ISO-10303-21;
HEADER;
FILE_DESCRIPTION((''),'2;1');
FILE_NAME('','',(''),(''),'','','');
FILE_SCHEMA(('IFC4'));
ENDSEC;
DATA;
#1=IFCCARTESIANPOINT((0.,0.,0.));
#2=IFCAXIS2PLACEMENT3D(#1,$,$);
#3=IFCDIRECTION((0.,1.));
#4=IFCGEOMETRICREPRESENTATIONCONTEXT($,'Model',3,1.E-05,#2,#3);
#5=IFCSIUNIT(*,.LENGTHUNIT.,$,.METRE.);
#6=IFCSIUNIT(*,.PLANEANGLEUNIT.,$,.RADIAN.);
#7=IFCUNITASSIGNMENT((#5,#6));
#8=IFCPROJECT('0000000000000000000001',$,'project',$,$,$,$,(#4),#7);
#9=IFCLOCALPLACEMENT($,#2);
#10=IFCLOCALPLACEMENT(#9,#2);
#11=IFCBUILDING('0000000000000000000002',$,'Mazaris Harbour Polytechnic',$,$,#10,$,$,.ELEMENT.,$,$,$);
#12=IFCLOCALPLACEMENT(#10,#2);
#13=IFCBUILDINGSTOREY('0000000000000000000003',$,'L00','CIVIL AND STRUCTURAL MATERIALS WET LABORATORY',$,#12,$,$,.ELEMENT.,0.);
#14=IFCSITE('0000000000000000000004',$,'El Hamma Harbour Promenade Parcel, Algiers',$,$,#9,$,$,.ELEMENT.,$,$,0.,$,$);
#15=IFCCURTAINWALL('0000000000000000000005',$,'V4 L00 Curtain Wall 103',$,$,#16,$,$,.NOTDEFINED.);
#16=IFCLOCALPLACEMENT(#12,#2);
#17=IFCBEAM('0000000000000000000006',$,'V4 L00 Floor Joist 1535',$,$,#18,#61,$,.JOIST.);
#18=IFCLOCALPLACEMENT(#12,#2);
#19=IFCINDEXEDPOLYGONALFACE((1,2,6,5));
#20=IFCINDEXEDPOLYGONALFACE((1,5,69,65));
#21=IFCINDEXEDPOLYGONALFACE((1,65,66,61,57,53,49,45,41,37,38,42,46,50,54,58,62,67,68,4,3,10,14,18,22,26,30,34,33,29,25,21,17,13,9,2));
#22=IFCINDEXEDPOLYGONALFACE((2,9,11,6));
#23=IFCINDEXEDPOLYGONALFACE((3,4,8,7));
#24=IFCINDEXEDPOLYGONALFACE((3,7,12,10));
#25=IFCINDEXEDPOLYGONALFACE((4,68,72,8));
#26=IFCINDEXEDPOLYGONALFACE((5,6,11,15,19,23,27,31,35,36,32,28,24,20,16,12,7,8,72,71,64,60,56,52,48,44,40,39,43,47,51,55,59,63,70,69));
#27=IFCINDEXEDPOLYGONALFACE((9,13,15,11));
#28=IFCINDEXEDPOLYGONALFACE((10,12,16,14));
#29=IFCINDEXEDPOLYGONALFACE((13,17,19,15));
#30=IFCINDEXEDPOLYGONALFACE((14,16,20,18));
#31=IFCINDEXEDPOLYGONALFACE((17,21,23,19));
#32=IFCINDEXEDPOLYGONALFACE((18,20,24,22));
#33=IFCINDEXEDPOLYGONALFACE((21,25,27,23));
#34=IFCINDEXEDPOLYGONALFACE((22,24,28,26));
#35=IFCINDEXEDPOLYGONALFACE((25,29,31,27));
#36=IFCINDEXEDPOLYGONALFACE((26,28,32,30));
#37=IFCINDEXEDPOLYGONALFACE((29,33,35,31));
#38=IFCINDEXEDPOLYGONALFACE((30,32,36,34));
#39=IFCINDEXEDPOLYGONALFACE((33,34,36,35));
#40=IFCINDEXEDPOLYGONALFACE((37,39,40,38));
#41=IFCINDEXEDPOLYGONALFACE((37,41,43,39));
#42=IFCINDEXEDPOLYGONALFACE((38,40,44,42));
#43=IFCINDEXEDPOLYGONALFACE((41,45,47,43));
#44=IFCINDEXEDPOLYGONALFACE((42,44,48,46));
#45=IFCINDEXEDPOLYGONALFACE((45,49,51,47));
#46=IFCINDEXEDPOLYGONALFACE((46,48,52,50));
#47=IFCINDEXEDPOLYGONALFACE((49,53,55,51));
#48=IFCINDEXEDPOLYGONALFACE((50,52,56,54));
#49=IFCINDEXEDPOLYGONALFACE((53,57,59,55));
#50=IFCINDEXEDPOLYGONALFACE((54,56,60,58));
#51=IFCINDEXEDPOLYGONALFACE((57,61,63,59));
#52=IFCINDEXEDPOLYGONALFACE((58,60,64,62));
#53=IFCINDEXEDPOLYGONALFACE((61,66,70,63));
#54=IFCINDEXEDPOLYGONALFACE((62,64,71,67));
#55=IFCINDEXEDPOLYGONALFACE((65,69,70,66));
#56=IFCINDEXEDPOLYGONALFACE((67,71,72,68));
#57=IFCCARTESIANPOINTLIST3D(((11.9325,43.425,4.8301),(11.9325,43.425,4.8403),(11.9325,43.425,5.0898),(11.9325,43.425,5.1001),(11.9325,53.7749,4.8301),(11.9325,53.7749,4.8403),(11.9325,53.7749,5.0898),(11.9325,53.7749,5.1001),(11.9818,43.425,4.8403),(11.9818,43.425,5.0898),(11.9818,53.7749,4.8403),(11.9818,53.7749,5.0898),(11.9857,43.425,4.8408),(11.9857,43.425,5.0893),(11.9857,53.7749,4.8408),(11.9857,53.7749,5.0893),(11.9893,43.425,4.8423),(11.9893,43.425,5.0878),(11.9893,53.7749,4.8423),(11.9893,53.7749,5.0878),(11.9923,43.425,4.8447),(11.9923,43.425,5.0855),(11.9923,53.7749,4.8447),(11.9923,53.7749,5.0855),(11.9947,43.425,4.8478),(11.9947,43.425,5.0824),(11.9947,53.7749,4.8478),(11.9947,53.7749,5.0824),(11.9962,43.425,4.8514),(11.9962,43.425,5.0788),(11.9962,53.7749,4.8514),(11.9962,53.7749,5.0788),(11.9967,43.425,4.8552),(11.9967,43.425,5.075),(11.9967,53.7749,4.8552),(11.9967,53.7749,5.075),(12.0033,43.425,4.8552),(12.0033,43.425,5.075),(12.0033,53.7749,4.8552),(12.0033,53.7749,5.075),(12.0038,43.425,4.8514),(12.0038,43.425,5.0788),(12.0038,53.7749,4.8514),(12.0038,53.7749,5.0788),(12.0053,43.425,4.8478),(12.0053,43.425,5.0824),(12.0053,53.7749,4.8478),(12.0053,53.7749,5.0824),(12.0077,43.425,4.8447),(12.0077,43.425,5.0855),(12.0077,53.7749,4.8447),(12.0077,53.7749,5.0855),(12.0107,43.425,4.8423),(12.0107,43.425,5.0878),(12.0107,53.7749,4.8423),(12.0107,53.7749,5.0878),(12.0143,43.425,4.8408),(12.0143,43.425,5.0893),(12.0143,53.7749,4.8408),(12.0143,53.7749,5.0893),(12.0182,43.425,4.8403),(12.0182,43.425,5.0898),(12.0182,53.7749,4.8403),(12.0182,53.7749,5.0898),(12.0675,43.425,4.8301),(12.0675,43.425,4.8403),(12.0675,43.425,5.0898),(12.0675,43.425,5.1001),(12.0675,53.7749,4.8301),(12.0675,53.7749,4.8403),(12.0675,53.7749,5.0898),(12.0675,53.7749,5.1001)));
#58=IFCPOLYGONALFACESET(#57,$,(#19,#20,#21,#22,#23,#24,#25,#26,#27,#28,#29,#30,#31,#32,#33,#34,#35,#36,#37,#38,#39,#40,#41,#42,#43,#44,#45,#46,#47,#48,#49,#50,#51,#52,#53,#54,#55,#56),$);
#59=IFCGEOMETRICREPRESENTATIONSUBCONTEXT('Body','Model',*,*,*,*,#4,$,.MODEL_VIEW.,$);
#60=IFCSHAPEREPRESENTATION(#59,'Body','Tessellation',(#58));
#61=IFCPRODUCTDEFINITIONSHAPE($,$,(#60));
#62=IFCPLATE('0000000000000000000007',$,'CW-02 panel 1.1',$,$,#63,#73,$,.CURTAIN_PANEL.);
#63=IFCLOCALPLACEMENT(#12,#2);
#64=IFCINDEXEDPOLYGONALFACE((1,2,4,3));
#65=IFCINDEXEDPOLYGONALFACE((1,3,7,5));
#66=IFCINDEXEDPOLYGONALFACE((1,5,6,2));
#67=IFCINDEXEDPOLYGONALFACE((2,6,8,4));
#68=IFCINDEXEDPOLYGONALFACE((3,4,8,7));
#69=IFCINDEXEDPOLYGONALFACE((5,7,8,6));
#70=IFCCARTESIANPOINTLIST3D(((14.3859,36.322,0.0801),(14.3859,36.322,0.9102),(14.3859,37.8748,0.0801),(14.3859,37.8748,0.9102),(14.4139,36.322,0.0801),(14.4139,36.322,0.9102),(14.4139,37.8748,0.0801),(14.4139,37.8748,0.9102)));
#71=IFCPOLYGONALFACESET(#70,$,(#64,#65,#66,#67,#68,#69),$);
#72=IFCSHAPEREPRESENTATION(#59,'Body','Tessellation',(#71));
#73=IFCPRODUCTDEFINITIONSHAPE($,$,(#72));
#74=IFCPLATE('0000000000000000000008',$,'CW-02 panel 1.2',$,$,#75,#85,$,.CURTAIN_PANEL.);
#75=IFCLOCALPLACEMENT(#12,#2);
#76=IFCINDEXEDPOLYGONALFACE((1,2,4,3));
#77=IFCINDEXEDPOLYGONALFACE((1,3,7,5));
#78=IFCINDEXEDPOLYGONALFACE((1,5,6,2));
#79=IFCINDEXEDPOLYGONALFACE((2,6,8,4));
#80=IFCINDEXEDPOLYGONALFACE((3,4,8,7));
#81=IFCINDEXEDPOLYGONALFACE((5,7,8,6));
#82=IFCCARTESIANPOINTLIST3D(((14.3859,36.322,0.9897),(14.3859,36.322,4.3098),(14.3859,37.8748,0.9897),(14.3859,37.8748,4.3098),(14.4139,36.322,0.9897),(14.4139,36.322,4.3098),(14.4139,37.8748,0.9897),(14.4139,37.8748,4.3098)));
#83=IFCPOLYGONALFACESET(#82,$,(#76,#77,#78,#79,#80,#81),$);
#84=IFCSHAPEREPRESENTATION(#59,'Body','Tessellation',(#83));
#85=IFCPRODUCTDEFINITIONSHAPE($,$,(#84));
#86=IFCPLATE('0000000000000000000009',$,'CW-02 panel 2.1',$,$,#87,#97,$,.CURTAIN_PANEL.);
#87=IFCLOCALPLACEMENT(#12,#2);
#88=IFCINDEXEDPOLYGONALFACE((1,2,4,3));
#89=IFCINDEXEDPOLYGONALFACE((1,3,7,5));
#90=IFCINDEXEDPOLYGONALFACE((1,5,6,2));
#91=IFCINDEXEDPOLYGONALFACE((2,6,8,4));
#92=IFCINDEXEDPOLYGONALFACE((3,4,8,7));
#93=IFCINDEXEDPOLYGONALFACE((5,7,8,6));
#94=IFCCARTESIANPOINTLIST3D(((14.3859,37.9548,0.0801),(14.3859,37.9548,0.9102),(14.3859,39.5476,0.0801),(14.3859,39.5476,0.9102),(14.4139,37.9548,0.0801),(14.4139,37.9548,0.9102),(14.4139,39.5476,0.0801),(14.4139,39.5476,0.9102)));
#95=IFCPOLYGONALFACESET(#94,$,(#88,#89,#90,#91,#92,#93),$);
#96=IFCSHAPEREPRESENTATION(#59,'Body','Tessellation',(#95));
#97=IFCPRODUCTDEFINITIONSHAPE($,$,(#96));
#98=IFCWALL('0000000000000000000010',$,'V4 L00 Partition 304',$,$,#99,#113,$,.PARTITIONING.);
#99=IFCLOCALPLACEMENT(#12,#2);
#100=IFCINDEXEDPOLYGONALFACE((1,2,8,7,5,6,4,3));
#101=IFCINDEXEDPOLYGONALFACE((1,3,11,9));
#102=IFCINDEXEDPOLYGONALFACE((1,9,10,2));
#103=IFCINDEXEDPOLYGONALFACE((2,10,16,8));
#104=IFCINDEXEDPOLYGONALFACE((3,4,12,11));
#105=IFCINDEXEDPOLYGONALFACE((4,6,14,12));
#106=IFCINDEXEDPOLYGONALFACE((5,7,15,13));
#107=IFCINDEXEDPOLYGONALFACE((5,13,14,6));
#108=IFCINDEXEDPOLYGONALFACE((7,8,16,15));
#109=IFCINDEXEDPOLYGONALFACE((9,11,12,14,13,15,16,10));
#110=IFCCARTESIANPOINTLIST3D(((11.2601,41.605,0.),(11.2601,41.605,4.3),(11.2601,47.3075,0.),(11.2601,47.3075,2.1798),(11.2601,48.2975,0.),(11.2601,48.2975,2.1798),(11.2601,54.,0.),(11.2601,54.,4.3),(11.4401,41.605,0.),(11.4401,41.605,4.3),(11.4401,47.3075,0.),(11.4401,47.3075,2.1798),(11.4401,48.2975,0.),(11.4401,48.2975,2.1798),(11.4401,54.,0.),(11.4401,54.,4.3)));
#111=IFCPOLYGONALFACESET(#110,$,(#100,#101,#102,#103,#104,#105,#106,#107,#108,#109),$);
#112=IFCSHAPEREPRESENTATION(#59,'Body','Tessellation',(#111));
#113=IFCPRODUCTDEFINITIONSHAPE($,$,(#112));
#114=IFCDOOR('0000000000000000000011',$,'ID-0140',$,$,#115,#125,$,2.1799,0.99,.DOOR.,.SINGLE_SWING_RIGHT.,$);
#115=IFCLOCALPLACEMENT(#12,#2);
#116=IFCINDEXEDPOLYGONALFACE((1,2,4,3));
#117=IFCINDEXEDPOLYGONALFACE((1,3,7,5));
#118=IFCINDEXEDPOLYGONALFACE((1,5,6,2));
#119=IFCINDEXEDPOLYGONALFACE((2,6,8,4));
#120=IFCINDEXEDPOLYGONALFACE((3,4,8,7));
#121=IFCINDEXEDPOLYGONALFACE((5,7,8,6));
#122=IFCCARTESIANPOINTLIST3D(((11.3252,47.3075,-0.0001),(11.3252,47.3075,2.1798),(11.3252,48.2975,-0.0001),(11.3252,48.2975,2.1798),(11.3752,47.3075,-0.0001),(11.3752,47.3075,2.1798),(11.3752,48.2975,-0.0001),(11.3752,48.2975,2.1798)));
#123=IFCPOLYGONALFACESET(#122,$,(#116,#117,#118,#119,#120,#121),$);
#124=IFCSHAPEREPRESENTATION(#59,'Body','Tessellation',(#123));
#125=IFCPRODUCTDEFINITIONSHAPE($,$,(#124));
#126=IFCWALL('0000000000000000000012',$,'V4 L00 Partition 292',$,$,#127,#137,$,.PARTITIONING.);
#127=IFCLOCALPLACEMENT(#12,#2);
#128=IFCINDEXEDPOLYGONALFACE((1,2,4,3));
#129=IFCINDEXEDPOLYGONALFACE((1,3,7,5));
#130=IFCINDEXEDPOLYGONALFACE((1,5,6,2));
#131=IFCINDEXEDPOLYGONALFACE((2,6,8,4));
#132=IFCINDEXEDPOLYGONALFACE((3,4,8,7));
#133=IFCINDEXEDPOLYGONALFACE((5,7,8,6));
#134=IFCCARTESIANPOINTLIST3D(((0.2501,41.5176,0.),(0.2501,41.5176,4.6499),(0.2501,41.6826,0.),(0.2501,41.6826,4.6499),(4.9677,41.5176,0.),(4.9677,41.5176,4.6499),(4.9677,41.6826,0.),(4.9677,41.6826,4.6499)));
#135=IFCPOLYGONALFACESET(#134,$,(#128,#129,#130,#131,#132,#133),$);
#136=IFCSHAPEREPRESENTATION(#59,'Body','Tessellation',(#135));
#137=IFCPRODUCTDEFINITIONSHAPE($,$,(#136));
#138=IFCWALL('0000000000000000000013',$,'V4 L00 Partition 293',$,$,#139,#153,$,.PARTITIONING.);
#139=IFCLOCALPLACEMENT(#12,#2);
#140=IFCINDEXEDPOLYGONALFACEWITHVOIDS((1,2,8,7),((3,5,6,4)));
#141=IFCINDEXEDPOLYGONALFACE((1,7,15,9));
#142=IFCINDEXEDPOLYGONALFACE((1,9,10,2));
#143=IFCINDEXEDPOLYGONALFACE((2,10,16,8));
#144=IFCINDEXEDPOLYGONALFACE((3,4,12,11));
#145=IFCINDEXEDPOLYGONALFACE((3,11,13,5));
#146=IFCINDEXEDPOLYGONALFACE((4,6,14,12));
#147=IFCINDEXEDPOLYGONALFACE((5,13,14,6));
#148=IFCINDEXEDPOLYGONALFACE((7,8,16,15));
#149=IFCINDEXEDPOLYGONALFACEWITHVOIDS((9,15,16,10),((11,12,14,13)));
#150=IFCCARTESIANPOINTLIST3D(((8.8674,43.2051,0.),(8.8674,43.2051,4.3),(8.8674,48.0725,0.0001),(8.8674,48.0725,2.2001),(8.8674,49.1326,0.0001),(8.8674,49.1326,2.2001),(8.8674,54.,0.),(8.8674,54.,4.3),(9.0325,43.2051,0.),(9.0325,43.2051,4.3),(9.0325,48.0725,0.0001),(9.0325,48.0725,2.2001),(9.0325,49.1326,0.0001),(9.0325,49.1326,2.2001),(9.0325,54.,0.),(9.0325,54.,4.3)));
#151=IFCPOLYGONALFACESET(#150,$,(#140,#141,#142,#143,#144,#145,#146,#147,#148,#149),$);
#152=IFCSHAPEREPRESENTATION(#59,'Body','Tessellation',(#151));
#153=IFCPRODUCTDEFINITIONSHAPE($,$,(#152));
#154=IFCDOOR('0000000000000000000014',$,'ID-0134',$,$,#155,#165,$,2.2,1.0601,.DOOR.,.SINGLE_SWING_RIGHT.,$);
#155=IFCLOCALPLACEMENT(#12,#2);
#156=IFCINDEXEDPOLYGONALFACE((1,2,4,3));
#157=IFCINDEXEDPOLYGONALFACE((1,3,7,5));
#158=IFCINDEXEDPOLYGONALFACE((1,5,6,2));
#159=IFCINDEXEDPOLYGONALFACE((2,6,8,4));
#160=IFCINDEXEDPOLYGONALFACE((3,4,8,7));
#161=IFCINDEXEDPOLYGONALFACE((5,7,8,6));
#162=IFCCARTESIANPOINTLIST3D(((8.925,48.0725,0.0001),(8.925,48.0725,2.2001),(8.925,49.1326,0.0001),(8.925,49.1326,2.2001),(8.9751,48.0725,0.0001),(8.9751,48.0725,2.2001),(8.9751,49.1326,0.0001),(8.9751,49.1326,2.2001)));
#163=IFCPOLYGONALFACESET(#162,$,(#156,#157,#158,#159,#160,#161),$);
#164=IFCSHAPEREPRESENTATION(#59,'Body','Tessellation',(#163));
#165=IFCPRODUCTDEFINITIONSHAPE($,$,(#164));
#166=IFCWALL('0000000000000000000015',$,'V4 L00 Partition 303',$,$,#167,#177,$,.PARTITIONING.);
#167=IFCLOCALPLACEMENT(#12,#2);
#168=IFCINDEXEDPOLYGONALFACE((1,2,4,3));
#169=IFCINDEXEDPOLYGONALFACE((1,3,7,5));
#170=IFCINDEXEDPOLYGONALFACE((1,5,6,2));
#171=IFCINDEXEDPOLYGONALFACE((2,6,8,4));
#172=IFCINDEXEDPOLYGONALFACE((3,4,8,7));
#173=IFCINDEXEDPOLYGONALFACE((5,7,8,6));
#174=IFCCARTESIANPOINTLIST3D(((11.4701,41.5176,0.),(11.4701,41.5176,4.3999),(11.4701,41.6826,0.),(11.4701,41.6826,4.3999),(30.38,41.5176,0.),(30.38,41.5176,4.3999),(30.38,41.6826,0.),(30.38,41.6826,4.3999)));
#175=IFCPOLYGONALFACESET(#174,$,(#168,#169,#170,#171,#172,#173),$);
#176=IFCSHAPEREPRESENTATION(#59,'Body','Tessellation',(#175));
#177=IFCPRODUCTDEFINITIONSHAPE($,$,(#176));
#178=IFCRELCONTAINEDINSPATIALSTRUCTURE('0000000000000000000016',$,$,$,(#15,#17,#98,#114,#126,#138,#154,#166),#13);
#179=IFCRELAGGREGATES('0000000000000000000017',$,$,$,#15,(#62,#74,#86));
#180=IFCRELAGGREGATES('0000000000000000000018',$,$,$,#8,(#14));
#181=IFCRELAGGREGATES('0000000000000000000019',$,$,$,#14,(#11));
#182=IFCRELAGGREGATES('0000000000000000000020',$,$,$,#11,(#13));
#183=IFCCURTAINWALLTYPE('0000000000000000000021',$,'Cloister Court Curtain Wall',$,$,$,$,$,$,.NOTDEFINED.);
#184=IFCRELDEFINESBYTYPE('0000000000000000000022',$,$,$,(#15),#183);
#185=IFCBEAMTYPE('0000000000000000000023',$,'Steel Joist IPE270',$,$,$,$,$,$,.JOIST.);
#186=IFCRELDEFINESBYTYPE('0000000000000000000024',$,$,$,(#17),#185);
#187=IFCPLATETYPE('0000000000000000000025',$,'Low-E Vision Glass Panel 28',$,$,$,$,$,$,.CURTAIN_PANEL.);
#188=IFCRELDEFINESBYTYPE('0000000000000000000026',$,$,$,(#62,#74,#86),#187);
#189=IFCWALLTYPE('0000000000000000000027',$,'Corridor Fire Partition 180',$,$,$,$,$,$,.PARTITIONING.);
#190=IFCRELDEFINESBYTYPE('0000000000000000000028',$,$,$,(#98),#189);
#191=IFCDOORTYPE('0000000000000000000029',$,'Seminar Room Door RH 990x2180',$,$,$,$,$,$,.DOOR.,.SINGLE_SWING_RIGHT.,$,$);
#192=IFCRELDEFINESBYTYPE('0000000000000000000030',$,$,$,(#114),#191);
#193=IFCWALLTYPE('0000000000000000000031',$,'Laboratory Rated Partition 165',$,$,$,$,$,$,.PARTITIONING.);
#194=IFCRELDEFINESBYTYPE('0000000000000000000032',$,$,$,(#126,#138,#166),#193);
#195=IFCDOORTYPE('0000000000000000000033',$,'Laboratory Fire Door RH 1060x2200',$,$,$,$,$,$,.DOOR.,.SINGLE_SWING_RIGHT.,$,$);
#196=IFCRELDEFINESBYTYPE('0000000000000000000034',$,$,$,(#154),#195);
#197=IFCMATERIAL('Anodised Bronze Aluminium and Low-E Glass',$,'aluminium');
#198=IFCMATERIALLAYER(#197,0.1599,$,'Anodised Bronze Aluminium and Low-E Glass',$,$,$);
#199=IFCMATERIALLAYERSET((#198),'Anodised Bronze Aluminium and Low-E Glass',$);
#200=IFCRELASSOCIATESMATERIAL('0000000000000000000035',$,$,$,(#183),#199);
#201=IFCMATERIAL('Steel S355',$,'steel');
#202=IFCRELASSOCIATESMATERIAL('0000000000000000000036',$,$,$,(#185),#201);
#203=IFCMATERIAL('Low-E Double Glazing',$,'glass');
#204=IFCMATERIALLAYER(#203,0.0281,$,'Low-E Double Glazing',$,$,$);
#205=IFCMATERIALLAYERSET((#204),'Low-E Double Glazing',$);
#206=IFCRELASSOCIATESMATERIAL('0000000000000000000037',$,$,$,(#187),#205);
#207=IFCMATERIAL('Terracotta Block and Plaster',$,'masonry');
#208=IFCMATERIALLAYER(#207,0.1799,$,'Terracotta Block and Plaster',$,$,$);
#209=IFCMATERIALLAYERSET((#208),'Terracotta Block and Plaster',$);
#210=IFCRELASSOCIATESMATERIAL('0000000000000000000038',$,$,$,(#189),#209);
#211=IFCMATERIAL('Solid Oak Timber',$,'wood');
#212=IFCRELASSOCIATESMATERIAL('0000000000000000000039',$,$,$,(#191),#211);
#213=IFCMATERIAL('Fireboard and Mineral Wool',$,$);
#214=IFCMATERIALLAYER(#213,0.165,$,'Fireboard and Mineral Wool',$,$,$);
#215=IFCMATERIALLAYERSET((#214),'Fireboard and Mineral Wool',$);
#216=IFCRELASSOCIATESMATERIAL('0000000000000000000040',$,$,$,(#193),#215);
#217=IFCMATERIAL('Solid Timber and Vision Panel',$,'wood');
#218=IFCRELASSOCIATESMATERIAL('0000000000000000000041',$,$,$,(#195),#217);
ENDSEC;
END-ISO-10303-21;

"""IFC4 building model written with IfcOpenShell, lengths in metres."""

from ifc_helpers import new_model, si_unit, direction, frame, frame_2d, origin, origin_2d, place, context, subcontext, project, spatial, rectangle, i_section, extrude, material, layer, layer_set, material_profile, profile_set, type_object, element, fill, aggregate, save


model = new_model("IFC4")

# Units and contexts
model_context = context("Model", 3, precision=1e-05, world=origin(), true_north=direction((0.0, 1.0)))
body_context = subcontext(model_context, "Body", "Model", "MODEL_VIEW")
ifc_project = project(units=[si_unit("LENGTHUNIT", "METRE"), si_unit("PLANEANGLEUNIT", "RADIAN")], contexts=[model_context])

# Site, building, storey
site_placement = place(None, origin())
site = spatial("IfcSite", under=ifc_project, at=site_placement, Name="El Hamma Harbour Promenade Parcel, Algiers", CompositionType="ELEMENT", RefElevation=0.0)
building_placement = place(site_placement, origin())
building = spatial("IfcBuilding", under=site, at=building_placement, Name="Mazaris Harbour Polytechnic", CompositionType="ELEMENT")
storey_placement = place(building_placement, origin())
storey = spatial("IfcBuildingStorey", under=building, at=storey_placement, Name="L00", Description="CIVIL AND STRUCTURAL MATERIALS WET LABORATORY", CompositionType="ELEMENT", Elevation=0.0)

# Curtain wall
ifc_material_1 = material(Name="Anodised Bronze Aluminium and Low-E Glass", Category="aluminium")
ifc_layer_1 = layer(ifc_material_1, 0.1599, Name="Anodised Bronze Aluminium and Low-E Glass")
ifc_layer_set_1 = layer_set([ifc_layer_1], Name="Anodised Bronze Aluminium and Low-E Glass")
curtain_wall_type = type_object("IfcCurtainWallType", Name="Cloister Court Curtain Wall", PredefinedType="NOTDEFINED", material=ifc_layer_set_1)
curtain_wall_placement = place(storey_placement, origin())
curtain_wall = element("IfcCurtainWall", 1, at=curtain_wall_placement, inside=storey, type_object=curtain_wall_type, Name="V4 L00 Curtain Wall 103", PredefinedType="NOTDEFINED")

# Beam
ifc_material_2 = material(Name="Steel S355", Category="steel")
ifc_material_profile_1 = material_profile(ifc_material_2, i_section(OverallWidth=0.135, OverallDepth=0.27, WebThickness=0.0066, FlangeThickness=0.0103, FilletRadius=0.0149, at=origin_2d()), Name="IPE 270")
ifc_profile_set_1 = profile_set([ifc_material_profile_1], Name="Steel S355")
beam_type_1 = type_object("IfcBeamType", Name="Steel Joist IPE270", PredefinedType="JOIST", material=ifc_profile_set_1)
beam_1_placement = place(storey_placement, frame((12.0, 43.425, 4.9651), z_axis=(0.0, 1.0, 0.0), x_axis=(-1.0, 0.0, 0.0)))
element("IfcBeam", 2, at=beam_1_placement, inside=storey, type_object=beam_type_1, Name="V4 L00 Floor Joist 1535", PredefinedType="JOIST", context=body_context, shape_type="SweptSolid", body=[
    extrude(i_section(OverallWidth=0.135, OverallDepth=0.27, WebThickness=0.0066, FlangeThickness=0.0103, FilletRadius=0.0149, at=origin_2d()), origin(), (0.0, 0.0, 1.0), 10.3499),
])

# Plates
ifc_material_3 = material(Name="Low-E Double Glazing", Category="glass")
ifc_layer_2 = layer(ifc_material_3, 0.0281, Name="Low-E Double Glazing")
ifc_layer_set_2 = layer_set([ifc_layer_2], Name="Low-E Double Glazing")
plate_type = type_object("IfcPlateType", Name="Low-E Vision Glass Panel 28", PredefinedType="CURTAIN_PANEL", material=ifc_layer_set_2)
plate_1_placement = place(storey_placement, frame((14.3999, 37.0984, 0.0801), z_axis=(0.0, 0.0, 1.0), x_axis=(0.0, 1.0, 0.0)))
plate_1 = element("IfcPlate", 3, at=plate_1_placement, type_object=plate_type, Name="CW-02 panel 1.1", PredefinedType="CURTAIN_PANEL", context=body_context, shape_type="SweptSolid", body=[
    extrude(rectangle(XDim=1.5527, YDim=0.0281, at=origin_2d()), origin(), (0.0, 0.0, 1.0), 0.8301),
])
plate_2_placement = place(storey_placement, frame((14.3999, 37.0984, 0.9897), z_axis=(0.0, 0.0, 1.0), x_axis=(0.0, 1.0, 0.0)))
plate_2 = element("IfcPlate", 4, at=plate_2_placement, type_object=plate_type, Name="CW-02 panel 1.2", PredefinedType="CURTAIN_PANEL", context=body_context, shape_type="SweptSolid", body=[
    extrude(rectangle(XDim=1.5527, YDim=0.0281, at=origin_2d()), origin(), (0.0, 0.0, 1.0), 3.3201),
])
plate_3_placement = place(storey_placement, frame((14.3999, 38.7512, 0.0801), z_axis=(0.0, 0.0, 1.0), x_axis=(0.0, 1.0, 0.0)))
plate_3 = element("IfcPlate", 5, at=plate_3_placement, type_object=plate_type, Name="CW-02 panel 2.1", PredefinedType="CURTAIN_PANEL", context=body_context, shape_type="SweptSolid", body=[
    extrude(rectangle(XDim=1.5928, YDim=0.0281, at=origin_2d()), origin(), (0.0, 0.0, 1.0), 0.8301),
])
aggregate(curtain_wall, [plate_1, plate_2, plate_3])

# Wall, opening, door
ifc_material_4 = material(Name="Terracotta Block and Plaster", Category="masonry")
ifc_layer_3 = layer(ifc_material_4, 0.1799, Name="Terracotta Block and Plaster")
ifc_layer_set_3 = layer_set([ifc_layer_3], Name="Terracotta Block and Plaster")
wall_type_1 = type_object("IfcWallType", Name="Corridor Fire Partition 180", PredefinedType="PARTITIONING", material=ifc_layer_set_3)
wall_1_placement = place(storey_placement, frame((11.3501, 41.605, 0.0), z_axis=(0.0, 0.0, 1.0), x_axis=(0.0, 1.0, 0.0)))
wall_1 = element("IfcWall", 6, at=wall_1_placement, inside=storey, type_object=wall_type_1, Name="V4 L00 Partition 304", PredefinedType="PARTITIONING", context=body_context, shape_type="SweptSolid", body=[
    extrude(rectangle(XDim=12.395, YDim=0.1799, at=frame_2d((6.1975, 0.0))), origin(), (0.0, 0.0, 1.0), 4.3),
])
opening_1_placement = place(wall_1_placement, frame((5.7024, 0.0, 0.0)))
opening_1 = element("IfcOpeningElement", 7, at=opening_1_placement, cuts=wall_1, PredefinedType="OPENING", context=body_context, shape_type="SweptSolid", body=[
    extrude(rectangle(XDim=0.99, YDim=2.1799, at=frame_2d((0.4951, 1.0898))), frame((0.0, 0.0999, 0.0), z_axis=(0.0, -1.0, 0.0), x_axis=(1.0, 0.0, 0.0)), (0.0, 0.0, 1.0), 0.2),
])
ifc_material_5 = material(Name="Solid Oak Timber", Category="wood")
door_type_1 = type_object("IfcDoorType", Name="Seminar Room Door RH 990x2180", OperationType="SINGLE_SWING_RIGHT", PredefinedType="DOOR", material=ifc_material_5)
door_1_placement = place(opening_1_placement, origin())
door_1 = element("IfcDoor", 8, at=door_1_placement, inside=storey, type_object=door_type_1, Name="ID-0140", OperationType="SINGLE_SWING_RIGHT", OverallHeight=2.1799, OverallWidth=0.99, PredefinedType="DOOR", context=body_context, shape_type="SweptSolid", body=[
    extrude(rectangle(XDim=0.99, YDim=2.1799, at=frame_2d((0.4951, 1.0898))), frame((0.0, 0.0249, 0.0), z_axis=(0.0, -1.0, 0.0), x_axis=(1.0, 0.0, 0.0)), (0.0, 0.0, 1.0), 0.05),
])
fill(opening_1, door_1)

# Wall
ifc_material_6 = material(Name="Fireboard and Mineral Wool")
ifc_layer_4 = layer(ifc_material_6, 0.165, Name="Fireboard and Mineral Wool")
ifc_layer_set_4 = layer_set([ifc_layer_4], Name="Fireboard and Mineral Wool")
wall_type_2 = type_object("IfcWallType", Name="Laboratory Rated Partition 165", PredefinedType="PARTITIONING", material=ifc_layer_set_4)
wall_2_placement = place(storey_placement, frame((0.25, 41.6001, 0.0), z_axis=(0.0, 0.0, 1.0), x_axis=(1.0, 0.0, 0.0)))
element("IfcWall", 9, at=wall_2_placement, inside=storey, type_object=wall_type_2, Name="V4 L00 Partition 292", PredefinedType="PARTITIONING", context=body_context, shape_type="SweptSolid", body=[
    extrude(rectangle(XDim=4.7175, YDim=0.165, at=frame_2d((2.3589, 0.0))), origin(), (0.0, 0.0, 1.0), 4.6499),
])

# Wall, opening, door
wall_3_placement = place(storey_placement, frame((8.95, 43.2051, 0.0), z_axis=(0.0, 0.0, 1.0), x_axis=(0.0, 1.0, 0.0)))
wall_3 = element("IfcWall", 10, at=wall_3_placement, inside=storey, type_object=wall_type_2, Name="V4 L00 Partition 293", PredefinedType="PARTITIONING", context=body_context, shape_type="SweptSolid", body=[
    extrude(rectangle(XDim=10.7949, YDim=0.165, at=frame_2d((5.3975, 0.0))), origin(), (0.0, 0.0, 1.0), 4.3),
])
opening_2_placement = place(wall_3_placement, frame((4.8674, 0.0, 0.0)))
opening_2 = element("IfcOpeningElement", 11, at=opening_2_placement, cuts=wall_3, PredefinedType="OPENING", context=body_context, shape_type="SweptSolid", body=[
    extrude(rectangle(XDim=1.0601, YDim=2.2, at=frame_2d((0.53, 1.1001))), frame((0.0, 0.0925, 0.0), z_axis=(0.0, -1.0, 0.0), x_axis=(1.0, 0.0, 0.0)), (0.0, 0.0, 1.0), 0.1851),
])
ifc_material_7 = material(Name="Solid Timber and Vision Panel", Category="wood")
door_type_2 = type_object("IfcDoorType", Name="Laboratory Fire Door RH 1060x2200", OperationType="SINGLE_SWING_RIGHT", PredefinedType="DOOR", material=ifc_material_7)
door_2_placement = place(opening_2_placement, origin())
door_2 = element("IfcDoor", 12, at=door_2_placement, inside=storey, type_object=door_type_2, Name="ID-0134", OperationType="SINGLE_SWING_RIGHT", OverallHeight=2.2, OverallWidth=1.0601, PredefinedType="DOOR", context=body_context, shape_type="SweptSolid", body=[
    extrude(rectangle(XDim=1.0601, YDim=2.2, at=frame_2d((0.53, 1.1001))), frame((0.0, 0.0249, 0.0), z_axis=(0.0, -1.0, 0.0), x_axis=(1.0, 0.0, 0.0)), (0.0, 0.0, 1.0), 0.05),
])
fill(opening_2, door_2)

# Wall
wall_4_placement = place(storey_placement, frame((11.47, 41.6001, 0.0), z_axis=(0.0, 0.0, 1.0), x_axis=(1.0, 0.0, 0.0)))
element("IfcWall", 13, at=wall_4_placement, inside=storey, type_object=wall_type_2, Name="V4 L00 Partition 303", PredefinedType="PARTITIONING", context=body_context, shape_type="SweptSolid", body=[
    extrude(rectangle(XDim=18.9099, YDim=0.165, at=frame_2d((9.4551, 0.0))), origin(), (0.0, 0.0, 1.0), 4.3999),
])

save(model, "model.ifc")
